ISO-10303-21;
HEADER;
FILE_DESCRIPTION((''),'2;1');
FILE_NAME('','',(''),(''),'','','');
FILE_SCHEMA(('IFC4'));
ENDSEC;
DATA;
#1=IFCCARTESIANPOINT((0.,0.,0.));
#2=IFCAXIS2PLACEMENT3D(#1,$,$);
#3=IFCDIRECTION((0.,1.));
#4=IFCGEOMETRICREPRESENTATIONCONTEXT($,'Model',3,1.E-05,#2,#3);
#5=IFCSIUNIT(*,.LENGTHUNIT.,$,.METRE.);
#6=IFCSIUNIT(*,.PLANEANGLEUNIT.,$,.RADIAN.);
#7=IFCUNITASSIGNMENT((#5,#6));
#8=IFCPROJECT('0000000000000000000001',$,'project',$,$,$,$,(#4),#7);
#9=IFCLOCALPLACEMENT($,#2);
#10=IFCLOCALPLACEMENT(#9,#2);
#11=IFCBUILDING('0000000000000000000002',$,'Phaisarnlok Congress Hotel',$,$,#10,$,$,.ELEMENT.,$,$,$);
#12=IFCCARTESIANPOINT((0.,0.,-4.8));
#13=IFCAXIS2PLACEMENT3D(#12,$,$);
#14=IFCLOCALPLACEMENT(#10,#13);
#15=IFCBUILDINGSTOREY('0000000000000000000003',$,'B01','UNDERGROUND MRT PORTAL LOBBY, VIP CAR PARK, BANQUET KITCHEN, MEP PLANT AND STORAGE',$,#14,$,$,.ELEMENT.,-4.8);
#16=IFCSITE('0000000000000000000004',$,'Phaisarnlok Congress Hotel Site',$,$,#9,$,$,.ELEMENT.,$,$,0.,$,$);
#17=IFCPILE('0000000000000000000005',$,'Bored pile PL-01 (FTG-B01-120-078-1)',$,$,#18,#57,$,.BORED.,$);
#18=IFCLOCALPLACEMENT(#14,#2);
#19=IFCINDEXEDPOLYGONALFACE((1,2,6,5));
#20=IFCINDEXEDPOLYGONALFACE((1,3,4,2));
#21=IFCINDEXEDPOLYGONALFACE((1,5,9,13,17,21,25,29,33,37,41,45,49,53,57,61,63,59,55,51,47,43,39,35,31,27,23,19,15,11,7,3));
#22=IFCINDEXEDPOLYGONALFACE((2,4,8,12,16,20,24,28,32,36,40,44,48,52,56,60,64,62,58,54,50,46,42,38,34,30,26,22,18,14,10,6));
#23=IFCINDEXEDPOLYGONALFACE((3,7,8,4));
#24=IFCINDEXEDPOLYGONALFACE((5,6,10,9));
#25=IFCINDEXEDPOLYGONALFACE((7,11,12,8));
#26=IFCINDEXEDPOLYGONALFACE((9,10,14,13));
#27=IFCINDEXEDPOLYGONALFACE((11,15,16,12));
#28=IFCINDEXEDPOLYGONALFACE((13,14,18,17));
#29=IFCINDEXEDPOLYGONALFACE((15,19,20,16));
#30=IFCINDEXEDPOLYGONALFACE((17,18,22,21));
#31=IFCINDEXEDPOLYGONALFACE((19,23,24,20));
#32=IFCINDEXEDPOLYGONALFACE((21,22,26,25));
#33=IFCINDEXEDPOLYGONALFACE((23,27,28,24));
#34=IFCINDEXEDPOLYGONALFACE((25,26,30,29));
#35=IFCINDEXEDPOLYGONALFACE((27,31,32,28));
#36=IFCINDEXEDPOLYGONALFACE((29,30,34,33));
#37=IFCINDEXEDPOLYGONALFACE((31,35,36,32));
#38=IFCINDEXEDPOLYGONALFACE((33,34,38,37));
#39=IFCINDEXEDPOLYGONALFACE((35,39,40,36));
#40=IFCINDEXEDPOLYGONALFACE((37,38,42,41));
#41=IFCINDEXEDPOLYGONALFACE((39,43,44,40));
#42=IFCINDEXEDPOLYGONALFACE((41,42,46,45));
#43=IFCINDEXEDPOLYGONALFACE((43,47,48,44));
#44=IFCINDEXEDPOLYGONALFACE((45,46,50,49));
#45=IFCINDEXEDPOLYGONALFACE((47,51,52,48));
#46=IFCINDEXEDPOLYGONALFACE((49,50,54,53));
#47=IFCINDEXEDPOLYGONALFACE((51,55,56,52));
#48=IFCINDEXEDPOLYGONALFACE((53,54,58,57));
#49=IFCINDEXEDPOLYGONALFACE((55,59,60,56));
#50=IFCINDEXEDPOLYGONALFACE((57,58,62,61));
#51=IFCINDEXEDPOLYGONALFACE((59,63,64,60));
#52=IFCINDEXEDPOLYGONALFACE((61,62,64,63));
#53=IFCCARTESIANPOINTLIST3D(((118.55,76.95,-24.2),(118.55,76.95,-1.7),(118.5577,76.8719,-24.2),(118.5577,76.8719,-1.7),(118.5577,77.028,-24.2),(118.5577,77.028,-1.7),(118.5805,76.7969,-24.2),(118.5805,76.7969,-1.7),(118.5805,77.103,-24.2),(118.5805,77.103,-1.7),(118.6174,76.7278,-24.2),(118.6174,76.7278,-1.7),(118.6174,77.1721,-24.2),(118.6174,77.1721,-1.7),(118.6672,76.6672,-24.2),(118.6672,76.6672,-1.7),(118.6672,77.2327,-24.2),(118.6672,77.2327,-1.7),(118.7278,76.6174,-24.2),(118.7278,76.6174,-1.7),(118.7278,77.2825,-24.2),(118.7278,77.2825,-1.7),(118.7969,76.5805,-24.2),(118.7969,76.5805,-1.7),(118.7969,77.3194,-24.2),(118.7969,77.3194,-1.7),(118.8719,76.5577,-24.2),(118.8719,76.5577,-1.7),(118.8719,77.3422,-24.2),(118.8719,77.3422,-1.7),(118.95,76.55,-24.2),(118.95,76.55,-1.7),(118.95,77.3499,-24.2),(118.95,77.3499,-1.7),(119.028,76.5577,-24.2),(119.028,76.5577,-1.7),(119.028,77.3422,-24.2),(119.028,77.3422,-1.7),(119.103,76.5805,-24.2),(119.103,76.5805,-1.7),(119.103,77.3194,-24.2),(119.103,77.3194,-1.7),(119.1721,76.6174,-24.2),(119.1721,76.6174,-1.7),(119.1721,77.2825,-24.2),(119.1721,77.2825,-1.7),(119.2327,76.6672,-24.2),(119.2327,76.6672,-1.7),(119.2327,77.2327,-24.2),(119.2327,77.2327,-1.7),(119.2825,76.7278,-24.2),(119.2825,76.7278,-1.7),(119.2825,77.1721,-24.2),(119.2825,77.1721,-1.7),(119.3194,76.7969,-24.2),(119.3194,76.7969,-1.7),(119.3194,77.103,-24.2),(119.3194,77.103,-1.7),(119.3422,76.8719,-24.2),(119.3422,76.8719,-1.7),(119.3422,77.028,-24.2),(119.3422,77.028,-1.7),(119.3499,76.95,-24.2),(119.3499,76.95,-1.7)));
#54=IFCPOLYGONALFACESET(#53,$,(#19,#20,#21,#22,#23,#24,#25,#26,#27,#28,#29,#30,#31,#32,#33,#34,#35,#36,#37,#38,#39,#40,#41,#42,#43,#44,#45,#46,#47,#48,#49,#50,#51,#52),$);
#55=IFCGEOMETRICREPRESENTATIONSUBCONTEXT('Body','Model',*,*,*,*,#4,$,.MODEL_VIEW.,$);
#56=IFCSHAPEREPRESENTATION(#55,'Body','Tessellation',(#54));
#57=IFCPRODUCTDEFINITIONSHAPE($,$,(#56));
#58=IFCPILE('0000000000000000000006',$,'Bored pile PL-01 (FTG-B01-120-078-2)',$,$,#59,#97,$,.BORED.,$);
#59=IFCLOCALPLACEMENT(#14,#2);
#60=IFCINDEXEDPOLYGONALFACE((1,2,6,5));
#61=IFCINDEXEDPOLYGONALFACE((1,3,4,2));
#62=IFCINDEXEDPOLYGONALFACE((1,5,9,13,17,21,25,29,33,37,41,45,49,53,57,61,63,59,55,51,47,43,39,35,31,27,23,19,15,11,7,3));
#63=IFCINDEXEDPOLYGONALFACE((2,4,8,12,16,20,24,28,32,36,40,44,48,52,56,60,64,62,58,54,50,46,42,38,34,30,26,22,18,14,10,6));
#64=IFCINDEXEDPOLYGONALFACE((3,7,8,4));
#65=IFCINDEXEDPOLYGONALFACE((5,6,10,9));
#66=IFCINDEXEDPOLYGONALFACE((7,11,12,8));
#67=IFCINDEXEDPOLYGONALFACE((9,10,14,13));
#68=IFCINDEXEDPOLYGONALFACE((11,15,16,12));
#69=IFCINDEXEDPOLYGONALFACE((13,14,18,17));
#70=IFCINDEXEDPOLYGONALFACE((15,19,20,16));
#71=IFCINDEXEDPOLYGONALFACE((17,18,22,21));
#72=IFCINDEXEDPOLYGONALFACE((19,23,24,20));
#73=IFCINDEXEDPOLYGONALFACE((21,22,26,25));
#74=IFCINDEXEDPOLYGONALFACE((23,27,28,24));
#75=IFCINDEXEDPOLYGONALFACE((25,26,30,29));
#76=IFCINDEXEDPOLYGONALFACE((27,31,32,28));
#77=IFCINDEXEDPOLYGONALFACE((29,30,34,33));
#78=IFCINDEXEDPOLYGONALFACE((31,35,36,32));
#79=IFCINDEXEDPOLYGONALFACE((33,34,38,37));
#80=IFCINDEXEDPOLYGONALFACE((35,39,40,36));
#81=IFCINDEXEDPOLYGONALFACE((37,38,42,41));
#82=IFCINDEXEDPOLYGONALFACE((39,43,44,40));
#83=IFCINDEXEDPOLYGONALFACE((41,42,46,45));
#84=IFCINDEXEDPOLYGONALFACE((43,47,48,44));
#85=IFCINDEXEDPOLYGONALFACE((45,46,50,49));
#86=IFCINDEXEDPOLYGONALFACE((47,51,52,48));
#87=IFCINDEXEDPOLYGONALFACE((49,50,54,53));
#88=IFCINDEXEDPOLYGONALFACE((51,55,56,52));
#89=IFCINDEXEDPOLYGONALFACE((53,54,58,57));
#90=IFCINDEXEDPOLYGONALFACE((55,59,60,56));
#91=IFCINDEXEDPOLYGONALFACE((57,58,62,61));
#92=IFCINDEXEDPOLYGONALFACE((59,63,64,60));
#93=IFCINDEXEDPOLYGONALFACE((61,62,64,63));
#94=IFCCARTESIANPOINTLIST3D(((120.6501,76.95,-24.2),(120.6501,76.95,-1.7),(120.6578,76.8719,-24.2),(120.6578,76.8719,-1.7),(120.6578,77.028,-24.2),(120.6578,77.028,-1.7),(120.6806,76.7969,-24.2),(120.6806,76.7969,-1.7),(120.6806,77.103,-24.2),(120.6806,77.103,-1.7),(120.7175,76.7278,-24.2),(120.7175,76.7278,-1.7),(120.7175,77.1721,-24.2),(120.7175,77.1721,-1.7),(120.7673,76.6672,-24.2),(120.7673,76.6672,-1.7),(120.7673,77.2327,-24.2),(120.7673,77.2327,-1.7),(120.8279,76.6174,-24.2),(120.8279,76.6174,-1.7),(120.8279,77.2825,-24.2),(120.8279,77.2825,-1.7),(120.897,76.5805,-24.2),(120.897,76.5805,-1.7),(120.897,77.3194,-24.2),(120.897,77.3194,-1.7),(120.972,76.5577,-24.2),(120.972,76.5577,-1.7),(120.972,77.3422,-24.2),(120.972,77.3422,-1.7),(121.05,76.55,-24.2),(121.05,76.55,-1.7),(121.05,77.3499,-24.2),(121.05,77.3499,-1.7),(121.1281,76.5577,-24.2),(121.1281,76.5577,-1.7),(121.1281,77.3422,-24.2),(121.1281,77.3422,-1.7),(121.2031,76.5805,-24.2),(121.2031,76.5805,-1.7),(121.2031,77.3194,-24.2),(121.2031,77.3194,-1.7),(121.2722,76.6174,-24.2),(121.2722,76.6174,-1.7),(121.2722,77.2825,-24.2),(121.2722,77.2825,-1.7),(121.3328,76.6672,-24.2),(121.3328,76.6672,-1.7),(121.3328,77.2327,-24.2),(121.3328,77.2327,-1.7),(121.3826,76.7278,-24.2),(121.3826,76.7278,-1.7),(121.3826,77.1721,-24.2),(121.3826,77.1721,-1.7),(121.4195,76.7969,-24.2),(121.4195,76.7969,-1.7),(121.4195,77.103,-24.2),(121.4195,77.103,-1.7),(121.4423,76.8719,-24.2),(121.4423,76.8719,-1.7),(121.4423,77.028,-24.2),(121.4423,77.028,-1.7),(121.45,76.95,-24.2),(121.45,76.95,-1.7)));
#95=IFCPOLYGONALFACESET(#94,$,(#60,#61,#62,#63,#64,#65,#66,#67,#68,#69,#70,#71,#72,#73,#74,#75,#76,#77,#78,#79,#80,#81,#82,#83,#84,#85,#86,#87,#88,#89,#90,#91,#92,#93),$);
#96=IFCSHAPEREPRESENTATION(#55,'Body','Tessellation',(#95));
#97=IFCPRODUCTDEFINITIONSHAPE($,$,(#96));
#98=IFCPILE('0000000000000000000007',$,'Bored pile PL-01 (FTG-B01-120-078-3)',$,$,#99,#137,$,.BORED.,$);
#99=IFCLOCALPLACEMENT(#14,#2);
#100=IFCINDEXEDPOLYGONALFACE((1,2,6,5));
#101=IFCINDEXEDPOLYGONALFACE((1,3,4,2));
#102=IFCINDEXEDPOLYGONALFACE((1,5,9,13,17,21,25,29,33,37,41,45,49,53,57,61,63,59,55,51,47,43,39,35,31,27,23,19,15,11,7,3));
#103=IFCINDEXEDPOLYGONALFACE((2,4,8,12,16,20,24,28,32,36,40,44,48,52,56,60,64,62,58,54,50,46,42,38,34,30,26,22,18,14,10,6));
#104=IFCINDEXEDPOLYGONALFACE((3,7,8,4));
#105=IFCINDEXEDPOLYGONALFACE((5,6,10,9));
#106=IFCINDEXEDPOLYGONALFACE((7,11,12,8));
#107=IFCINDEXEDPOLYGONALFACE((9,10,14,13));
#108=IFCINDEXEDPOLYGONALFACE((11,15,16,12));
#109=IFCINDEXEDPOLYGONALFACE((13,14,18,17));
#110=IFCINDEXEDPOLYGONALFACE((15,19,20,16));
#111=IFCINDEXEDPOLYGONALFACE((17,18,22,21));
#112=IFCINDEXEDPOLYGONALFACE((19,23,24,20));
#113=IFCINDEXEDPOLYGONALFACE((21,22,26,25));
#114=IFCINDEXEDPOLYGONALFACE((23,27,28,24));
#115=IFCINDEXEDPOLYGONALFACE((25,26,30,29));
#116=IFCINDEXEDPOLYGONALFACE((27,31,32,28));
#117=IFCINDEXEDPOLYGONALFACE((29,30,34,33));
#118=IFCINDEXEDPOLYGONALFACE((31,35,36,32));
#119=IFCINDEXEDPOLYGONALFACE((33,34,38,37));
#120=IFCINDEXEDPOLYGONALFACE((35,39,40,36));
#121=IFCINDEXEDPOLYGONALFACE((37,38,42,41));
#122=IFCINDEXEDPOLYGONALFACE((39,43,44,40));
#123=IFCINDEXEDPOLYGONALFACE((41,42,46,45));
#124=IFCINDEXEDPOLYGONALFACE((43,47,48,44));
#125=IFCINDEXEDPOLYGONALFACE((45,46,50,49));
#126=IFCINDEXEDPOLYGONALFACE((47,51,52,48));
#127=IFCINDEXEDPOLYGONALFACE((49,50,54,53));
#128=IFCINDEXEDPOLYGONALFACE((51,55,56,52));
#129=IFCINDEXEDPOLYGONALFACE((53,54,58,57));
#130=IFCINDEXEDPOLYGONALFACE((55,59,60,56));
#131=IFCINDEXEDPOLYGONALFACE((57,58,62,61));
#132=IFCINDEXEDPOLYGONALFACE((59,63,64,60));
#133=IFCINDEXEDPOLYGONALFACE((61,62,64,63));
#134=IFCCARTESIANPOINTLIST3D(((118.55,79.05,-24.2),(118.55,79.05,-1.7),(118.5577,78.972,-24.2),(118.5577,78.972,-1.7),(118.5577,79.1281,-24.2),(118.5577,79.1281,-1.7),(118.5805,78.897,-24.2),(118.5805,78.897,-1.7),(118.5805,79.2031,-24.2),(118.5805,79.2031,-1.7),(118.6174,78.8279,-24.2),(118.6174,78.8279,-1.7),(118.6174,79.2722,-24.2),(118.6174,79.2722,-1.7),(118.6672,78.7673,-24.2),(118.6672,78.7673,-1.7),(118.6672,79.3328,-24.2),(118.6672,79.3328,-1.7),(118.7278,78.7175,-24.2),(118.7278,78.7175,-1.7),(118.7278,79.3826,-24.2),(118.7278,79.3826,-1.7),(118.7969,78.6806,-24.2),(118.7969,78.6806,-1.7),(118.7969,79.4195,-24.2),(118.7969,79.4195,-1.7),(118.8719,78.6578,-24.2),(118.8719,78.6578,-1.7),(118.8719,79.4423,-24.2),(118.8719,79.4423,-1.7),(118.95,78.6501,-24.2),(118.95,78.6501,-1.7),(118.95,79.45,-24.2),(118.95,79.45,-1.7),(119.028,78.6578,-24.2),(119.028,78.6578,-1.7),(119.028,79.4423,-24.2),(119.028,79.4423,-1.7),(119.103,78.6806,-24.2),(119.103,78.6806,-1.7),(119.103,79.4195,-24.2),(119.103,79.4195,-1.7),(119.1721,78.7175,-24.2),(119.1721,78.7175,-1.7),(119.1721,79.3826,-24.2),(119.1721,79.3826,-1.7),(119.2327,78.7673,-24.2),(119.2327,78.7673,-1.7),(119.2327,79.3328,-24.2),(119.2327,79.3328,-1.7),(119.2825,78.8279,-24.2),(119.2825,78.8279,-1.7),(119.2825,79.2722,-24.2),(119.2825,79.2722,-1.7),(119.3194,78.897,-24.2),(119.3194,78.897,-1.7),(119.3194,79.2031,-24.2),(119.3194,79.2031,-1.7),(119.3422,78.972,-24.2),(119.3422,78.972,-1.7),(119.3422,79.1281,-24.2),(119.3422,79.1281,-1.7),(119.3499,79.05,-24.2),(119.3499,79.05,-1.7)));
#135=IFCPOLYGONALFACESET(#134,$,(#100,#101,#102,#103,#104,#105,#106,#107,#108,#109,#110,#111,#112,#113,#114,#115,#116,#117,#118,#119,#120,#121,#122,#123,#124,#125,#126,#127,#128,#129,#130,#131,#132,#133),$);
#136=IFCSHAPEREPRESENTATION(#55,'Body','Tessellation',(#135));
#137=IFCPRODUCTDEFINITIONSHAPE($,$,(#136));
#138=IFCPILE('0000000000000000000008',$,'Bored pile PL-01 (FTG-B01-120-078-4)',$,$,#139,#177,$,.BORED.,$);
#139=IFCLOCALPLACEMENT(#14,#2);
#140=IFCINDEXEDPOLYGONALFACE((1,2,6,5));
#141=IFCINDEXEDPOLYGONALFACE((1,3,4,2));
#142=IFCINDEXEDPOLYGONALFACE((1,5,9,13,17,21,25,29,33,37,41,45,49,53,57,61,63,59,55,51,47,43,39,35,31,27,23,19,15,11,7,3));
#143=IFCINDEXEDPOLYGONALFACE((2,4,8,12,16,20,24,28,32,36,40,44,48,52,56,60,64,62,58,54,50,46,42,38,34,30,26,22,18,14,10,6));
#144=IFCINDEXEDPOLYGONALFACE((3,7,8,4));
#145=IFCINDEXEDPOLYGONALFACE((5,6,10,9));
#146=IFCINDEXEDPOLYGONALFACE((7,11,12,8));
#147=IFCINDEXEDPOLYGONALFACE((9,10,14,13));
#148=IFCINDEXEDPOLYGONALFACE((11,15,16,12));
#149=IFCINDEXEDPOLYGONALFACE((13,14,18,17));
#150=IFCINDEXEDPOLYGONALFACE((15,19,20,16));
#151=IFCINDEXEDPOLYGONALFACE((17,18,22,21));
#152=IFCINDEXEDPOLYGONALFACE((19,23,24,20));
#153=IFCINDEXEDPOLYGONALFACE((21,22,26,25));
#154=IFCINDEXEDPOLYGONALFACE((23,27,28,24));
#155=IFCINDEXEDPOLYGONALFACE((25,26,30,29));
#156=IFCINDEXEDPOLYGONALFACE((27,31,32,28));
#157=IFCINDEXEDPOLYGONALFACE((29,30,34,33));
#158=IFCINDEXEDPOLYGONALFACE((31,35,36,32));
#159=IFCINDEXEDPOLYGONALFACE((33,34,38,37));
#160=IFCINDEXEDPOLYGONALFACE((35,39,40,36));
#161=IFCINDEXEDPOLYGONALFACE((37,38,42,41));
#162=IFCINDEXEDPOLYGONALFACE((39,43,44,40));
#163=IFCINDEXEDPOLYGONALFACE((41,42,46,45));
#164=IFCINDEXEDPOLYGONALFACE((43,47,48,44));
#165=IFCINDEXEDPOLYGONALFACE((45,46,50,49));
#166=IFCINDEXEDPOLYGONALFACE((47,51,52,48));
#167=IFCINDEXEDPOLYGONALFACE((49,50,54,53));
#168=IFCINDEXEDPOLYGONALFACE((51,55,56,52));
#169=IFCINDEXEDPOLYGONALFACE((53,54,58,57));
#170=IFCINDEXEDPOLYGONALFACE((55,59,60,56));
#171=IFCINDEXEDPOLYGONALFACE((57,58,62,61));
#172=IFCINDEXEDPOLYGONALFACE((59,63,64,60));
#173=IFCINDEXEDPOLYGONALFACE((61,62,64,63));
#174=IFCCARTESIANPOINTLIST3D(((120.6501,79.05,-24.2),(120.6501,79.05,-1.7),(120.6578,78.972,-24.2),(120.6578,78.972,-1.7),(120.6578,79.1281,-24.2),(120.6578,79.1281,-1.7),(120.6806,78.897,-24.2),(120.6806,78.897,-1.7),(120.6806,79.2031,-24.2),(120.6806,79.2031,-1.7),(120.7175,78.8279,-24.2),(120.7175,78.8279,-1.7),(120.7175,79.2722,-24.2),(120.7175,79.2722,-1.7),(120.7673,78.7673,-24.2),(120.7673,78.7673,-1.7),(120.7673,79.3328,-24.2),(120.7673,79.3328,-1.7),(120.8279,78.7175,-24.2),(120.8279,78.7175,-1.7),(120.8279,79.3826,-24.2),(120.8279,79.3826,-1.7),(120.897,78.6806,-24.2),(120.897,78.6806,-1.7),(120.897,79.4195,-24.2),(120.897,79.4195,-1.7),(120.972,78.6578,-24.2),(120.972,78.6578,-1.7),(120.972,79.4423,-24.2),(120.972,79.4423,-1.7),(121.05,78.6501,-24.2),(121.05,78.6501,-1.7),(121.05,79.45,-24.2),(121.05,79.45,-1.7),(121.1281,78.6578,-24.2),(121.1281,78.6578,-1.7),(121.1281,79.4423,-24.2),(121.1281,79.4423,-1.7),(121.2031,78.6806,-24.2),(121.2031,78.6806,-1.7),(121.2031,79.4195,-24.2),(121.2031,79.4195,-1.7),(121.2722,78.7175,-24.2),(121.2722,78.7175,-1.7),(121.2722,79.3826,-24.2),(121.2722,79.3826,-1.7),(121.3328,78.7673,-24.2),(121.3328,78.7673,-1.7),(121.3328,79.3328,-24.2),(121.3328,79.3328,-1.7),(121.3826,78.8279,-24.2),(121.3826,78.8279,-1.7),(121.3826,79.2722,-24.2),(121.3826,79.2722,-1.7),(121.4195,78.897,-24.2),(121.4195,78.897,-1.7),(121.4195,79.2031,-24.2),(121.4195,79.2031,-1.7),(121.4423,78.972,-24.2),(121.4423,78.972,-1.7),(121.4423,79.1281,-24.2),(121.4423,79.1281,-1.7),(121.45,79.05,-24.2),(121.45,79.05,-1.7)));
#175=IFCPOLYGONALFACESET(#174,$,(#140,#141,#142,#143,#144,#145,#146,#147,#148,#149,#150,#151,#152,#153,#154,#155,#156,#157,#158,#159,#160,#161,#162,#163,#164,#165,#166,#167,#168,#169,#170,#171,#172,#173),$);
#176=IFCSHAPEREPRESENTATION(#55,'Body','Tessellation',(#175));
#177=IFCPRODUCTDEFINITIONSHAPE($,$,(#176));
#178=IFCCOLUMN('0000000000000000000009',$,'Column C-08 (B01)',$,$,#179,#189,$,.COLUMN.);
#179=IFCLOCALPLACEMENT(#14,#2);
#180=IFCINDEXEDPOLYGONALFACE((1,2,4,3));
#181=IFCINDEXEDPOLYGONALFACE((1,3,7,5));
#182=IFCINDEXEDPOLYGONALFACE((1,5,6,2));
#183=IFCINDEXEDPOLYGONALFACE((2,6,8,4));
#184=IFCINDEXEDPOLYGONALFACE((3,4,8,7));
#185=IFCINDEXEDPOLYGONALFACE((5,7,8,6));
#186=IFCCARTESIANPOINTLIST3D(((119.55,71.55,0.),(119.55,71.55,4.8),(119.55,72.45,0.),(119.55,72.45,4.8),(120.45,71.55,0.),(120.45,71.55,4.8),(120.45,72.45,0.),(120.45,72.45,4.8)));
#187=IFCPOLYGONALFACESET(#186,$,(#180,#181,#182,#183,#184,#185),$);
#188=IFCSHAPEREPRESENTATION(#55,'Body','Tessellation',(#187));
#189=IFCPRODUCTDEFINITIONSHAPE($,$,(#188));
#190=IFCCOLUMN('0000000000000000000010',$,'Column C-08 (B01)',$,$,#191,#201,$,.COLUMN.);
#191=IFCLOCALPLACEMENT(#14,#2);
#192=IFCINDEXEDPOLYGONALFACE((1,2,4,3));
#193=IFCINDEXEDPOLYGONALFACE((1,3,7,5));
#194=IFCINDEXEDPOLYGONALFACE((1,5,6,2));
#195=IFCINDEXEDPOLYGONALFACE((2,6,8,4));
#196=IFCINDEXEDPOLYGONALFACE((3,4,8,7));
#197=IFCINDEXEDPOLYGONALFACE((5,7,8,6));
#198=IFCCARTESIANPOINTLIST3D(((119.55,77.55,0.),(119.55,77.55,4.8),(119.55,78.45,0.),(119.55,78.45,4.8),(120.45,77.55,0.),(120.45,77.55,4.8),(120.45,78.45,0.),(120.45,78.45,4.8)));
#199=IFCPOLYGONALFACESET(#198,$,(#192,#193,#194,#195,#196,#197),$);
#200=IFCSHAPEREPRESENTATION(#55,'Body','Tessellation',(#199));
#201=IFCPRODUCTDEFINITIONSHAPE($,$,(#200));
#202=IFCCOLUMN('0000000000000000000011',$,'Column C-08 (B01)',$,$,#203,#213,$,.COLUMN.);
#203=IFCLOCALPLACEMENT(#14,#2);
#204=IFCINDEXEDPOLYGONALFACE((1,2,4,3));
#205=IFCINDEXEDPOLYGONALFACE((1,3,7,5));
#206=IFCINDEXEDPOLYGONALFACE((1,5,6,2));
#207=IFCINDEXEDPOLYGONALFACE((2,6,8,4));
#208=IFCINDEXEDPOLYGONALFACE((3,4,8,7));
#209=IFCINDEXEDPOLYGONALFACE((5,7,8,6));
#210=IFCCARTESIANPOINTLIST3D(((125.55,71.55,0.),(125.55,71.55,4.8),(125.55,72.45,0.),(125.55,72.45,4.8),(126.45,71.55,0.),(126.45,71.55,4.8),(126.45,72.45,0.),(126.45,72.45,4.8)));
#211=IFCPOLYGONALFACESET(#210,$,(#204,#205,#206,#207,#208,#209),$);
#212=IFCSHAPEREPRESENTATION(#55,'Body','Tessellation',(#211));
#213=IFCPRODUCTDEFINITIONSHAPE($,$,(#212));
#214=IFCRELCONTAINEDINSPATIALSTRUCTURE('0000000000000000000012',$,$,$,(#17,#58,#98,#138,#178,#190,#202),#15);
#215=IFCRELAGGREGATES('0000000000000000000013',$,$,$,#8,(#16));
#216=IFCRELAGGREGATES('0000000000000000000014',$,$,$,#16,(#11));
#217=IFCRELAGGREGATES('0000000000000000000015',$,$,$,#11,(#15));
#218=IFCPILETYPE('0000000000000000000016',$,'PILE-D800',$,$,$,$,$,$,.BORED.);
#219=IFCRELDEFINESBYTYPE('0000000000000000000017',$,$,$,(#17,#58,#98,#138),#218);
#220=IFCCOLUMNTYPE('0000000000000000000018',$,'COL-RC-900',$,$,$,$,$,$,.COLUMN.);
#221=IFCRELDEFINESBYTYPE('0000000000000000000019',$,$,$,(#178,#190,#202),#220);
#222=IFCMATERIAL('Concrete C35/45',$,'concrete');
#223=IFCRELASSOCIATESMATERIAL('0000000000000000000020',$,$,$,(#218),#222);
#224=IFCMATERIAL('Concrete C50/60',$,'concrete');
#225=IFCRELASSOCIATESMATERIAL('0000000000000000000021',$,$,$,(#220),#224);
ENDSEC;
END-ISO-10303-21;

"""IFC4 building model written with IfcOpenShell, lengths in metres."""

from ifc_helpers import new_model, si_unit, direction, frame, origin, origin_2d, place, context, subcontext, project, spatial, rectangle, circle, extrude, material, material_profile, profile_set, type_object, element, save


model = new_model("IFC4")

# Units and contexts
model_context = context("Model", 3, precision=1e-05, world=origin(), true_north=direction((0.0, 1.0)))
body_context = subcontext(model_context, "Body", "Model", "MODEL_VIEW")
ifc_project = project(units=[si_unit("LENGTHUNIT", "METRE"), si_unit("PLANEANGLEUNIT", "RADIAN")], contexts=[model_context])

# Site, building, storey
site_placement = place(None, origin())
site = spatial("IfcSite", under=ifc_project, at=site_placement, Name="Phaisarnlok Congress Hotel Site", CompositionType="ELEMENT", RefElevation=0.0)
building_placement = place(site_placement, origin())
building = spatial("IfcBuilding", under=site, at=building_placement, Name="Phaisarnlok Congress Hotel", CompositionType="ELEMENT")
storey_placement = place(building_placement, frame((0.0, 0.0, -4.8)))
storey = spatial("IfcBuildingStorey", under=building, at=storey_placement, Name="B01", Description="UNDERGROUND MRT PORTAL LOBBY, VIP CAR PARK, BANQUET KITCHEN, MEP PLANT AND STORAGE", CompositionType="ELEMENT", Elevation=-4.8)

# Piles
ifc_material_1 = material(Name="Concrete C35/45", Category="concrete")
ifc_material_profile_1 = material_profile(ifc_material_1, circle(Radius=0.3999, at=origin_2d()), Name="BORED PILE D800")
ifc_profile_set_1 = profile_set([ifc_material_profile_1], Name="Concrete C35/45")
pile_type_1 = type_object("IfcPileType", Name="PILE-D800", PredefinedType="BORED", material=ifc_profile_set_1)
for number, where, z_axis, x_axis, name in (
    (1, (118.95, 76.95, -1.7), (0.0, 0.0, -1.0), (1.0, 0.0, 0.0), "Bored pile PL-01 (FTG-B01-120-078-1)"),
    (2, (121.05, 76.95, -1.7), (0.0, 0.0, -1.0), (1.0, 0.0, 0.0), "Bored pile PL-01 (FTG-B01-120-078-2)"),
    (3, (118.95, 79.05, -1.7), (0.0, 0.0, -1.0), (1.0, 0.0, 0.0), "Bored pile PL-01 (FTG-B01-120-078-3)"),
    (4, (121.05, 79.05, -1.7), (0.0, 0.0, -1.0), (1.0, 0.0, 0.0), "Bored pile PL-01 (FTG-B01-120-078-4)"),
):
    element("IfcPile", number, at=place(storey_placement, frame(where, z_axis=z_axis, x_axis=x_axis)), inside=storey, type_object=pile_type_1, Name=name, PredefinedType="BORED", context=body_context, shape_type="SweptSolid", body=[
        extrude(circle(Radius=0.3999, at=origin_2d()), origin(), (0.0, 0.0, 1.0), 22.5),
    ])

# Columns
ifc_material_2 = material(Name="Concrete C50/60", Category="concrete")
ifc_material_profile_2 = material_profile(ifc_material_2, rectangle(XDim=0.8999, YDim=0.8999, at=origin_2d()), Name="RC 900x900")
ifc_profile_set_2 = profile_set([ifc_material_profile_2], Name="Concrete C50/60")
column_type = type_object("IfcColumnType", Name="COL-RC-900", PredefinedType="COLUMN", material=ifc_profile_set_2)
for number, where, z_axis, x_axis, name in (
    (5, (120.0, 72.0, 0.0), (0.0, 0.0, 1.0), (1.0, 0.0, 0.0), "Column C-08 (B01)"),
    (6, (120.0, 78.0, 0.0), (0.0, 0.0, 1.0), (1.0, 0.0, 0.0), "Column C-08 (B01)"),
    (7, (126.0, 72.0, 0.0), (0.0, 0.0, 1.0), (1.0, 0.0, 0.0), "Column C-08 (B01)"),
):
    element("IfcColumn", number, at=place(storey_placement, frame(where, z_axis=z_axis, x_axis=x_axis)), inside=storey, type_object=column_type, Name=name, PredefinedType="COLUMN", context=body_context, shape_type="SweptSolid", body=[
        extrude(rectangle(XDim=0.8999, YDim=0.8999, at=origin_2d()), origin(), (0.0, 0.0, 1.0), 4.8),
    ])

save(model, "model.ifc")
